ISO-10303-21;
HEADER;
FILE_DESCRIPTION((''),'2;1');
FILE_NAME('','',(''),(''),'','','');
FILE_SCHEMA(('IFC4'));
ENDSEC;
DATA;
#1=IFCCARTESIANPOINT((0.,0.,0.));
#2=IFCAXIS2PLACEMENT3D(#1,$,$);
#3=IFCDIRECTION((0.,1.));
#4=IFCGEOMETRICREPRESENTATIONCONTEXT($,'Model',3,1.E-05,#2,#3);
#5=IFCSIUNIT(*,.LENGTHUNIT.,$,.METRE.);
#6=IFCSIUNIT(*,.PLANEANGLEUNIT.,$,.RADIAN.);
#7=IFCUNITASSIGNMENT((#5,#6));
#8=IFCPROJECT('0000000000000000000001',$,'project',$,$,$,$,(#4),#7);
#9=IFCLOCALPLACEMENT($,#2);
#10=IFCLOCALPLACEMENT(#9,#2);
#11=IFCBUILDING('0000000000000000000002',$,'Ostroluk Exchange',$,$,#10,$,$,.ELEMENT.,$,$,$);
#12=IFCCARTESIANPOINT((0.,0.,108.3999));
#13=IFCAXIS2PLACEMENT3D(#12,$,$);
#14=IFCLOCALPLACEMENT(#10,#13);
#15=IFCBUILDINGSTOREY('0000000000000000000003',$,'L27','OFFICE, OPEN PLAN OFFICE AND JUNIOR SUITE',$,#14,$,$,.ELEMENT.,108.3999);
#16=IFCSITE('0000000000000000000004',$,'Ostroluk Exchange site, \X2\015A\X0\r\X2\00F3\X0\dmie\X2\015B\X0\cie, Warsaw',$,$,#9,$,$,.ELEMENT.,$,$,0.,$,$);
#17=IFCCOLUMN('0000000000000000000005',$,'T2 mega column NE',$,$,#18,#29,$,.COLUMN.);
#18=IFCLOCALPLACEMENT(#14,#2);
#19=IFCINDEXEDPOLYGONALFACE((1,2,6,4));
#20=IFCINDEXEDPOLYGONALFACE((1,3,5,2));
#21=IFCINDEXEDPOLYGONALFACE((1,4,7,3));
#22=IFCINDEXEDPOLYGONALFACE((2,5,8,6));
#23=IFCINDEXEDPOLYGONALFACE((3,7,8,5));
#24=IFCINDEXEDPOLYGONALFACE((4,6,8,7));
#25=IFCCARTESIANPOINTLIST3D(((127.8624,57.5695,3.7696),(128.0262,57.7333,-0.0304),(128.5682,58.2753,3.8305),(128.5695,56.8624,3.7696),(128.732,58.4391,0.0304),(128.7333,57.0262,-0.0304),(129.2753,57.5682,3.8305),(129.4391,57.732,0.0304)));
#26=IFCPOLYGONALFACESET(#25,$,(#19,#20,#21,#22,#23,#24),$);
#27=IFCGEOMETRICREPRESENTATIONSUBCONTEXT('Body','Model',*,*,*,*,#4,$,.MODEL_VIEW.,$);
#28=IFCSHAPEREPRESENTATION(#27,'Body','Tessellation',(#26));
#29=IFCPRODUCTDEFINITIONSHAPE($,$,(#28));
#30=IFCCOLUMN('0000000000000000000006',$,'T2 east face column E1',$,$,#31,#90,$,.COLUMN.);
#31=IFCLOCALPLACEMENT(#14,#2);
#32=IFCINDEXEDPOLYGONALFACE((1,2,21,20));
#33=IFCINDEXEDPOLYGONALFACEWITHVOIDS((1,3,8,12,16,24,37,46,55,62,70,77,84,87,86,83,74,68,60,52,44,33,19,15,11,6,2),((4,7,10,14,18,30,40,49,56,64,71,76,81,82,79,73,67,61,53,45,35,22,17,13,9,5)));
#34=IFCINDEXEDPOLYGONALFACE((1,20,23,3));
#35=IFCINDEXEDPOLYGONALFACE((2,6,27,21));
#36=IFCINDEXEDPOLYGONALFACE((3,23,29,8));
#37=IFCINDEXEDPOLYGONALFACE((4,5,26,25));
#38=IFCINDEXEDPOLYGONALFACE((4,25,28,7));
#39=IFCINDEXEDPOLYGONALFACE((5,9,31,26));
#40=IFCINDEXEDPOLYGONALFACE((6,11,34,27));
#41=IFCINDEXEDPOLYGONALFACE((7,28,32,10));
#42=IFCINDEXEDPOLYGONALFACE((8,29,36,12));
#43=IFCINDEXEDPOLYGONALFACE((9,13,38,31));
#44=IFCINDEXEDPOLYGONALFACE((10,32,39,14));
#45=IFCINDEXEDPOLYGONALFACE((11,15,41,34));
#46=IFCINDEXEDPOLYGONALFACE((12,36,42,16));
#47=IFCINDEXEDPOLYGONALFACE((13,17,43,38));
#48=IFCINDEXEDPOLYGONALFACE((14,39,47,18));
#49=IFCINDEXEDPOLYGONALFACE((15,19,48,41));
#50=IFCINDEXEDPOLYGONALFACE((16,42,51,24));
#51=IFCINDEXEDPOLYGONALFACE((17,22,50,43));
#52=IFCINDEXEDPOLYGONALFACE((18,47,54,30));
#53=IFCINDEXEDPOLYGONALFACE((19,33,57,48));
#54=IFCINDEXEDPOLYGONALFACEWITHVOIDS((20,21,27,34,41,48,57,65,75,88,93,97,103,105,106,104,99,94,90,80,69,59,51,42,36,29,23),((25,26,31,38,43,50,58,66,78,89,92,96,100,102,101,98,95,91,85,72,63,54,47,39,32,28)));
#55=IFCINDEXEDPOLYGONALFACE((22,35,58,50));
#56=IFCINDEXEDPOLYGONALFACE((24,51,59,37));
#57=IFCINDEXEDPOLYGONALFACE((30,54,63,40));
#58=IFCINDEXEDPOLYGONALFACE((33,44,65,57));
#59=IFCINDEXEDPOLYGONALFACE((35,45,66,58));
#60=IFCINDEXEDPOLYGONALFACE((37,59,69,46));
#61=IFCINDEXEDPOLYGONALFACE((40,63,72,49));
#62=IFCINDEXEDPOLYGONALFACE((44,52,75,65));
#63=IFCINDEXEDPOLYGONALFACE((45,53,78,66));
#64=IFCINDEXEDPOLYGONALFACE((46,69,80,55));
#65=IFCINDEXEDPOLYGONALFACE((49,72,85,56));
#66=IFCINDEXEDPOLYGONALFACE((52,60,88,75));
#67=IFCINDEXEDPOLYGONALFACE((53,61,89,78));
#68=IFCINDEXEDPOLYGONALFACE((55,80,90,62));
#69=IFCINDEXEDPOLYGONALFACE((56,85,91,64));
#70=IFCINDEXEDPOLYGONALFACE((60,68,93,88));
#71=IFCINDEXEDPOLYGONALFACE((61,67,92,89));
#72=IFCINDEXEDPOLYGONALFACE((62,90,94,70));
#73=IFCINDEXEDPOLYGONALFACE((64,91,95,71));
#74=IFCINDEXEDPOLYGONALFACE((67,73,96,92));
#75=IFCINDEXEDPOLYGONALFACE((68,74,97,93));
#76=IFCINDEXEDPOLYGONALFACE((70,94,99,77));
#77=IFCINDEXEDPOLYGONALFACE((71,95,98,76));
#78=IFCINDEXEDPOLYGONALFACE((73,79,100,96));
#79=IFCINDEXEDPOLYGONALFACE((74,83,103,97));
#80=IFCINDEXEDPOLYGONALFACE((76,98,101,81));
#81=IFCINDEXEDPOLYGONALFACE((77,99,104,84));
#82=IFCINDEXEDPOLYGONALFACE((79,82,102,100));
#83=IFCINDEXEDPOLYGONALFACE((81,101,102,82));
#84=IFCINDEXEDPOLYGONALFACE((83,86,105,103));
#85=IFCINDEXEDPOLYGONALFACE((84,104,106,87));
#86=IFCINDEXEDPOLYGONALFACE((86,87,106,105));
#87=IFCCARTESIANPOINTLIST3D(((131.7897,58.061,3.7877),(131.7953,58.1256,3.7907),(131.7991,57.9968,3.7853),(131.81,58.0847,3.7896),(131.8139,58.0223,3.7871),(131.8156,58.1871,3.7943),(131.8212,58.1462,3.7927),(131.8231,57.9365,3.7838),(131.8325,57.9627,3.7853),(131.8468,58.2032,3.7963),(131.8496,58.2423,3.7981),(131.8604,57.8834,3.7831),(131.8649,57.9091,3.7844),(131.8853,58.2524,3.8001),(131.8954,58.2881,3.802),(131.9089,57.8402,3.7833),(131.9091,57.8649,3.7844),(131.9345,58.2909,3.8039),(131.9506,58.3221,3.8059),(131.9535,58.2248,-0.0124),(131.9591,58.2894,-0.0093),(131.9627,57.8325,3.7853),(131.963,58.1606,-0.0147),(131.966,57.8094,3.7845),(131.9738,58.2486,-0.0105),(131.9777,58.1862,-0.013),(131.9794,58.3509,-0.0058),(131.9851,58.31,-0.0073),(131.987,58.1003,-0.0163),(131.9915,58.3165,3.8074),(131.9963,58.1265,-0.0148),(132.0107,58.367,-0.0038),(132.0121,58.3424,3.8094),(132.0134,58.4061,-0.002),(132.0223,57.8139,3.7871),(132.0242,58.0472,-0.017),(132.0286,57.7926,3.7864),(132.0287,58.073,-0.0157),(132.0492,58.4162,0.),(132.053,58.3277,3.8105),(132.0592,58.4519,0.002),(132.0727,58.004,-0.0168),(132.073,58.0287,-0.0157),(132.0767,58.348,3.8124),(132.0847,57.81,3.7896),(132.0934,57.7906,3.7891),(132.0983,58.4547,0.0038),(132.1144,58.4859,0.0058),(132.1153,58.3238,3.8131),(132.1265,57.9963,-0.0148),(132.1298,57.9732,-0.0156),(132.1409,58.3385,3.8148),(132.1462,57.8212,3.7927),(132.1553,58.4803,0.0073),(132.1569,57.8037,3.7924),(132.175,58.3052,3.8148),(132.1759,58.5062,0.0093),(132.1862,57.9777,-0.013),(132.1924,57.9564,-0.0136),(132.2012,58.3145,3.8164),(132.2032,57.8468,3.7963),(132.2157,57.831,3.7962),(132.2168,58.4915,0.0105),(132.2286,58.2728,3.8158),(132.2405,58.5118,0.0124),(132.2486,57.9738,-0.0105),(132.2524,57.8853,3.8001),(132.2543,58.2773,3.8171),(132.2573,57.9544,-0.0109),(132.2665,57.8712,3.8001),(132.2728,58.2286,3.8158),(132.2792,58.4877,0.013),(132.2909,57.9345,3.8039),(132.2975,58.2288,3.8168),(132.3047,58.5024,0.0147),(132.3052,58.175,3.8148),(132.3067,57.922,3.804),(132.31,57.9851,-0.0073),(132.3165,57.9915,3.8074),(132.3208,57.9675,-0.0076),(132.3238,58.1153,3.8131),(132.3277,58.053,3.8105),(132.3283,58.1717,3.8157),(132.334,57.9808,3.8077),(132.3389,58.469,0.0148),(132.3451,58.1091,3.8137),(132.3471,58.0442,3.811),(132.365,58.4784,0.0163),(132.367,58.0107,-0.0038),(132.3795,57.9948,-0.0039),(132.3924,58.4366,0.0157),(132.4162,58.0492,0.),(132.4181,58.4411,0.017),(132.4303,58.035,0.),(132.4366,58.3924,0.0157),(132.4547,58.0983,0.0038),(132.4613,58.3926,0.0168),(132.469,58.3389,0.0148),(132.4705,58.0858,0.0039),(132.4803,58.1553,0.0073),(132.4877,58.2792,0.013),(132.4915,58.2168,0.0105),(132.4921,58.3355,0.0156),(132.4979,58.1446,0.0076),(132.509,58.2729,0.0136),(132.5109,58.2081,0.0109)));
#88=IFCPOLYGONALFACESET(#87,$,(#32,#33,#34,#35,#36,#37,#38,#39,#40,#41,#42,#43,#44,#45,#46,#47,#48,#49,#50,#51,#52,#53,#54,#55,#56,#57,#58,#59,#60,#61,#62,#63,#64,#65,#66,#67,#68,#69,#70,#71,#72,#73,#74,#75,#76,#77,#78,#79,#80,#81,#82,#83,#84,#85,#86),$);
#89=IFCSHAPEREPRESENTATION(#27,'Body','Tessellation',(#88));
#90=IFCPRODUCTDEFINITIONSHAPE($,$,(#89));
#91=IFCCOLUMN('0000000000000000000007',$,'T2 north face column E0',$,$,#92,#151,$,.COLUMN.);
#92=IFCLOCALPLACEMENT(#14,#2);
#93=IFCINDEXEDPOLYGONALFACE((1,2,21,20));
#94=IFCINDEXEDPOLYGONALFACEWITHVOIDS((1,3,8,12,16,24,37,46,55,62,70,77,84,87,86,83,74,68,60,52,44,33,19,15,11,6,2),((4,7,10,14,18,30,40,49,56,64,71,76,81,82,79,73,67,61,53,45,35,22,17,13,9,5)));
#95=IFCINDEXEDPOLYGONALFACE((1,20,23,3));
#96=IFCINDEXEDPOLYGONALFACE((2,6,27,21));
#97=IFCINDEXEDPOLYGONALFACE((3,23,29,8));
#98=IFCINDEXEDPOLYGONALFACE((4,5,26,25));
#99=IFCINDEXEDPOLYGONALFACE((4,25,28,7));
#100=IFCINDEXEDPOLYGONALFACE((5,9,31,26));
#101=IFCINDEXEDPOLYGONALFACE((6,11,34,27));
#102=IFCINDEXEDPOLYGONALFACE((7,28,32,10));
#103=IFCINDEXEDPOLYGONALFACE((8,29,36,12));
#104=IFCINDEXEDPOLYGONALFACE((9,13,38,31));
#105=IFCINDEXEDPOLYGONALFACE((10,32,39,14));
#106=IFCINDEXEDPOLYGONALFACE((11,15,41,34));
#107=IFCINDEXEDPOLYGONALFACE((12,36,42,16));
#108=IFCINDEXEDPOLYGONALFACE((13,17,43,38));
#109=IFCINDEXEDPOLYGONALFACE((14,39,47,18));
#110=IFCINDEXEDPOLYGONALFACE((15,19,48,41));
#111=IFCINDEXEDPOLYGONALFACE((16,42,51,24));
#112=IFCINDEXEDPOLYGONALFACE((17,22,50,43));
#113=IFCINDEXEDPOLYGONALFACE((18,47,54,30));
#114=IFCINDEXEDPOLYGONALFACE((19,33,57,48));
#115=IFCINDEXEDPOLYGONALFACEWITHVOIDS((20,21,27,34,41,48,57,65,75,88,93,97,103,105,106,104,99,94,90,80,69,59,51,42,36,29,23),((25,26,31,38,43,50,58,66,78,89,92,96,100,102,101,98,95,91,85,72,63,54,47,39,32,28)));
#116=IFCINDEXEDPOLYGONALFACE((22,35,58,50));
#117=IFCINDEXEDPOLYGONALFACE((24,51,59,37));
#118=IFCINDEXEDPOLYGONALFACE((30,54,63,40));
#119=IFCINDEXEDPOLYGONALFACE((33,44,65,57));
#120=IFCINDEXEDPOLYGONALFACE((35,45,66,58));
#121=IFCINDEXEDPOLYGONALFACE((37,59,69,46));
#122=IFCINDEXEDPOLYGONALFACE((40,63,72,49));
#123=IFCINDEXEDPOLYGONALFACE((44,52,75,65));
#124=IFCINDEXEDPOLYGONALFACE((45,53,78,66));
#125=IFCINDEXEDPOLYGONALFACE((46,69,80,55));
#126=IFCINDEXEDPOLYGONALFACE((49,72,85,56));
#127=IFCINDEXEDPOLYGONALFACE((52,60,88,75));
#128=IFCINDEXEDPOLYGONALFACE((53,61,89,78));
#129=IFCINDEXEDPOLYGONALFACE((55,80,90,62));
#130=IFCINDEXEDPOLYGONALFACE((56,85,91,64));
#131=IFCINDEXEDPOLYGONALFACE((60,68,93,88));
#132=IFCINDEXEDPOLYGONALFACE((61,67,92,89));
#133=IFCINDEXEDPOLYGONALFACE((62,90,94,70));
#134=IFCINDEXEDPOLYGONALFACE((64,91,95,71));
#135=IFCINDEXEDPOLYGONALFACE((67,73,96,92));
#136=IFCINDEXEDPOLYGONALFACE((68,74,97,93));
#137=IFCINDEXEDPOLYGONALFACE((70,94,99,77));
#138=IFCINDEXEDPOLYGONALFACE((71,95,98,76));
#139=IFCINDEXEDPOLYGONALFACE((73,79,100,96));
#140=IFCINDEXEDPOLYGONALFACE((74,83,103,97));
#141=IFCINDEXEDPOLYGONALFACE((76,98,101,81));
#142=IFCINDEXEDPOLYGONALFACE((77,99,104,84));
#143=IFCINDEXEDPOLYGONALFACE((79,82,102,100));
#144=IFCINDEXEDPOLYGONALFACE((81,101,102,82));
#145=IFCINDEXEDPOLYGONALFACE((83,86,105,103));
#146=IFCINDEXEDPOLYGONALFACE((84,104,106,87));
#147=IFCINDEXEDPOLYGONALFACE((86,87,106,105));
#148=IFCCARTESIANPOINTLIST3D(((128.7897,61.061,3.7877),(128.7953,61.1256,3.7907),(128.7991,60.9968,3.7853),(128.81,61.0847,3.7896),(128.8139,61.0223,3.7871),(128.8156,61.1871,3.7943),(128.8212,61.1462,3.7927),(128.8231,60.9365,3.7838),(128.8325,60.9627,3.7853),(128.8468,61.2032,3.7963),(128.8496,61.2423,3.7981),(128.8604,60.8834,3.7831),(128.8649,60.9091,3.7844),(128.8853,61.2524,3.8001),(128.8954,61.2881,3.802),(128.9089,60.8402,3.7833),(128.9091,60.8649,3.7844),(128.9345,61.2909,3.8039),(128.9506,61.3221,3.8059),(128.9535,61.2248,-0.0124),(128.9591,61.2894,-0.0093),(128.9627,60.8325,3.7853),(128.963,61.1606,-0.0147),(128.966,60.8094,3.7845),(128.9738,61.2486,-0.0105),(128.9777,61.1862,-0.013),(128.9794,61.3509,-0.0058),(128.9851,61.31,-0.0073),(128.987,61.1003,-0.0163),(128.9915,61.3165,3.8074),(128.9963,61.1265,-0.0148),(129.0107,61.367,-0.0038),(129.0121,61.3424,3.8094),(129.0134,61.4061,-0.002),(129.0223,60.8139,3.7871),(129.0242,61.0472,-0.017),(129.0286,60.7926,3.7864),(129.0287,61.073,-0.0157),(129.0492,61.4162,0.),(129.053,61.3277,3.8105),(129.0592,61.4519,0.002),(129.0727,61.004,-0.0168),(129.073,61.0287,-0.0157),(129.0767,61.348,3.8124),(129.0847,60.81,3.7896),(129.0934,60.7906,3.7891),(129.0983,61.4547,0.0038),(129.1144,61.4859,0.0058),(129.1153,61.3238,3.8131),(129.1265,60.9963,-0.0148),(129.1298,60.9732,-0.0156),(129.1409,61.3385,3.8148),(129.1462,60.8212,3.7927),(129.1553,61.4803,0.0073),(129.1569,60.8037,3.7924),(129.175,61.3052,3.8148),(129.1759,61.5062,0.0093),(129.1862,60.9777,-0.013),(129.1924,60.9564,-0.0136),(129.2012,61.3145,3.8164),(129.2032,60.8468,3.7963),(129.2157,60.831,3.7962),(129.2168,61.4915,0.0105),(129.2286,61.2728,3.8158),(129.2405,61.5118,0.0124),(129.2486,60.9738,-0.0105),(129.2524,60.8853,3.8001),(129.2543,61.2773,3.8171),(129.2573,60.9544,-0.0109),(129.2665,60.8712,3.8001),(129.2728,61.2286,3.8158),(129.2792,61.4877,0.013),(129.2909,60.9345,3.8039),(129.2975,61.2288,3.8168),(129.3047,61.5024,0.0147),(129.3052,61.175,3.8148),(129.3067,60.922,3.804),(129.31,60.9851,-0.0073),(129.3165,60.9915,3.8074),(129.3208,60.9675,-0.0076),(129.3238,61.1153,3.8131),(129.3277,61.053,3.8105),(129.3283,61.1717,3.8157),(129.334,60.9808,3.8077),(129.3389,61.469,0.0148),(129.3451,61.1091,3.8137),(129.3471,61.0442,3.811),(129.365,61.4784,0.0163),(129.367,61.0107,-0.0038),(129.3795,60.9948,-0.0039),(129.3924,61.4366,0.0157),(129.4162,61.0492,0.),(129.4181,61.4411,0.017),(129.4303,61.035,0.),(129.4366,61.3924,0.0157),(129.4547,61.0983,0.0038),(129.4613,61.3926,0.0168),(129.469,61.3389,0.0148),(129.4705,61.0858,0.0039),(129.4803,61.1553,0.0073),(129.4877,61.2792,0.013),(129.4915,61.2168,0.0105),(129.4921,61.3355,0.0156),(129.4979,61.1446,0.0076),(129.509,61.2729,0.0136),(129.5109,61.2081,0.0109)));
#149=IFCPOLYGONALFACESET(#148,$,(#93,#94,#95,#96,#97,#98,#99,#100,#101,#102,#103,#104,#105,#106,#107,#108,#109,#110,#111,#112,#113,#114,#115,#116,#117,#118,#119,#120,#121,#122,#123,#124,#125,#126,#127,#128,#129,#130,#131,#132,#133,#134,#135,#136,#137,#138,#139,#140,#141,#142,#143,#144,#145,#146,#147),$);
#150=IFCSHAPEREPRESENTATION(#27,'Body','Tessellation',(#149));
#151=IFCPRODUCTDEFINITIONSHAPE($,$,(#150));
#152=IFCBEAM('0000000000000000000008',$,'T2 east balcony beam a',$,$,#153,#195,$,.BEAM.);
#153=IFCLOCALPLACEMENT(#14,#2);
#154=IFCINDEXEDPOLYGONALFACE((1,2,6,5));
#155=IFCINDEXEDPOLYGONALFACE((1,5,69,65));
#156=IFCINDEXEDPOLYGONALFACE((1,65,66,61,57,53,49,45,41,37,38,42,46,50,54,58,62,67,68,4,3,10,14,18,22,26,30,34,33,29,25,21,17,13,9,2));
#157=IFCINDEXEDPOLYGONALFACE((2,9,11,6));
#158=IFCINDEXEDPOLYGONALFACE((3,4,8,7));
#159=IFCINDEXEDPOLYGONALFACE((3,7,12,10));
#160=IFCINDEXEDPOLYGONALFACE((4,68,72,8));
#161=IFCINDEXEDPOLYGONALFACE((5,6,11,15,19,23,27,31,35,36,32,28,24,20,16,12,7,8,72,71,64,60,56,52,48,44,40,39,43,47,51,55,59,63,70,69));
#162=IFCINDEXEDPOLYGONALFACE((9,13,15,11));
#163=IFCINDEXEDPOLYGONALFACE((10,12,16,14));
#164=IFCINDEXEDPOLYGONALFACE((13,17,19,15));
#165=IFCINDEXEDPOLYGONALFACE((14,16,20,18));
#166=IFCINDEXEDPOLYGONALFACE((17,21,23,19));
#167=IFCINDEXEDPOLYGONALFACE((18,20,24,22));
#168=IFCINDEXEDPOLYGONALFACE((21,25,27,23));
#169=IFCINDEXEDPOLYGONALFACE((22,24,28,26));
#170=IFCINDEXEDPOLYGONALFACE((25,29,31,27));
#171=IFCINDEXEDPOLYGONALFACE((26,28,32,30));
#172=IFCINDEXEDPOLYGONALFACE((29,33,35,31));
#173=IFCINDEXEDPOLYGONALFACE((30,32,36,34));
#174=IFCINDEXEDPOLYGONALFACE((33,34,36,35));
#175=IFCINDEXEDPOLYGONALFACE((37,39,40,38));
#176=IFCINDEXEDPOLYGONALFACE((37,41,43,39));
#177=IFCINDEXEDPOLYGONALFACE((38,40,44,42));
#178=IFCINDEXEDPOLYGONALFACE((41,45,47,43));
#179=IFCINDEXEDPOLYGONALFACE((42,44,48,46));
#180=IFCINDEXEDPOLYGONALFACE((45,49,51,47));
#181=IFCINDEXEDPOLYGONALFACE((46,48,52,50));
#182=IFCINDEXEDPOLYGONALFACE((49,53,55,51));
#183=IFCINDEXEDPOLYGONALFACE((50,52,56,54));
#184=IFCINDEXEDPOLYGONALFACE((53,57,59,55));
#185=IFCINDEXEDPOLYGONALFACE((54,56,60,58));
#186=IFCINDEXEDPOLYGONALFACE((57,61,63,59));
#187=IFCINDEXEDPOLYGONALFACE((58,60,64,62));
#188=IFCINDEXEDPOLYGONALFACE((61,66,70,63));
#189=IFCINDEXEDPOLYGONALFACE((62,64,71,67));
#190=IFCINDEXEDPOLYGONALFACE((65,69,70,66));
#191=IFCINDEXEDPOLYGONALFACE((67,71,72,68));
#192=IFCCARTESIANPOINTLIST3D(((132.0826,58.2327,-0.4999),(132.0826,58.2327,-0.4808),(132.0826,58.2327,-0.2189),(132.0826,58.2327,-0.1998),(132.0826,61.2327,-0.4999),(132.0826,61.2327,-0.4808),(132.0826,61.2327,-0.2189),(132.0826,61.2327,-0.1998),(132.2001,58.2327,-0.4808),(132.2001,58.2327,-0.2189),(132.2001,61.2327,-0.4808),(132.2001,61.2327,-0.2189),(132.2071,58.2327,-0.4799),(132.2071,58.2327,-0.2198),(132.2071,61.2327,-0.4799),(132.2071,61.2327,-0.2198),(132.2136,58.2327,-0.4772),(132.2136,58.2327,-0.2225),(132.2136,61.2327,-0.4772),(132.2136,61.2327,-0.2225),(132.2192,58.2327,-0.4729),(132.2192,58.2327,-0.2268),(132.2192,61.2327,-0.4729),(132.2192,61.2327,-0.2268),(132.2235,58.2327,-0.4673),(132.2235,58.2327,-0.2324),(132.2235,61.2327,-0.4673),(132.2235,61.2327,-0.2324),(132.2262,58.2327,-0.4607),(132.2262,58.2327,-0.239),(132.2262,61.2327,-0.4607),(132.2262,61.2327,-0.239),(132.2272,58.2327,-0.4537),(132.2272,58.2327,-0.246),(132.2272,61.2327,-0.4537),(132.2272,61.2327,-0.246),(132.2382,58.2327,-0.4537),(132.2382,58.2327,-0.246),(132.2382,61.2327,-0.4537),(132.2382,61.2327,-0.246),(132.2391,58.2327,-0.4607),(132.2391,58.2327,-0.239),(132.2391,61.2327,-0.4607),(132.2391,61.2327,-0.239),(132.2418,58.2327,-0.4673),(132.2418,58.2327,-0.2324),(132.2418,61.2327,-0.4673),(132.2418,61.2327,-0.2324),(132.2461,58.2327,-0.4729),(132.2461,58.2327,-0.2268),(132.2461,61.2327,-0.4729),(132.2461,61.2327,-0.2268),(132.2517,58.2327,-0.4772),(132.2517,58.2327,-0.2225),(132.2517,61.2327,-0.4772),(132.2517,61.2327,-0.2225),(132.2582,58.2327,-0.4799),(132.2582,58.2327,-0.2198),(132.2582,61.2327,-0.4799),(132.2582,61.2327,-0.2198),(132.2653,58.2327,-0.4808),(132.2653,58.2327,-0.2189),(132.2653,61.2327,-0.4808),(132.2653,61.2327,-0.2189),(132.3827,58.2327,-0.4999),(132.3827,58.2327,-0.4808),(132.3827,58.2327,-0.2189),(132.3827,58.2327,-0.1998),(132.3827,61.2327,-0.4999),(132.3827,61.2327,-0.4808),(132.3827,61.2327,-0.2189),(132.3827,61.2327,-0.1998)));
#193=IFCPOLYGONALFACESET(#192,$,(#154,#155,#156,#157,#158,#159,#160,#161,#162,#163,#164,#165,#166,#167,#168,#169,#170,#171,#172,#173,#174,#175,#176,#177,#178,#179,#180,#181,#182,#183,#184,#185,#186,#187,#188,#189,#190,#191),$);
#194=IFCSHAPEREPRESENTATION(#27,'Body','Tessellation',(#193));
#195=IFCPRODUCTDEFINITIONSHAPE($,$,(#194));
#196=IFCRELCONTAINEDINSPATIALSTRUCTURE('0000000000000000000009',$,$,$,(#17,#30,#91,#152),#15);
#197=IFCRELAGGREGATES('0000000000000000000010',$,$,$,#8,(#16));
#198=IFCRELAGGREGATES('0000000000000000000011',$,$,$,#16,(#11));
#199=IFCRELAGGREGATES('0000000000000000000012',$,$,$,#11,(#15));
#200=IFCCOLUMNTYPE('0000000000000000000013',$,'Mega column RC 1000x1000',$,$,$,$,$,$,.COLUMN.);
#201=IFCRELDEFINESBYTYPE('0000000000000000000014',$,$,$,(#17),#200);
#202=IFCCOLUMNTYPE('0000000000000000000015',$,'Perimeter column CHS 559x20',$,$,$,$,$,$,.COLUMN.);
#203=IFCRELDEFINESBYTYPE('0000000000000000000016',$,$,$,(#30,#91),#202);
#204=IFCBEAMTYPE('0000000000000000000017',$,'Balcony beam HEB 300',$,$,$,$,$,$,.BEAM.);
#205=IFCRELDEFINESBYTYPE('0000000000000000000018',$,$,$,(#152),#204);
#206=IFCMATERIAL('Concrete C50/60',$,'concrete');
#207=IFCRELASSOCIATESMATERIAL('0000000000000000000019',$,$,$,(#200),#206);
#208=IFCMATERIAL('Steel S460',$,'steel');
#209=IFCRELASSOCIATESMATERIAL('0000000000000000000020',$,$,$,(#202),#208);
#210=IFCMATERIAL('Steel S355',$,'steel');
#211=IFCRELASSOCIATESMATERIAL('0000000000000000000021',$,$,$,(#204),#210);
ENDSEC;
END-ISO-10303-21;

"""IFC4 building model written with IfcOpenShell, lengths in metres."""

from ifc_helpers import new_model, si_unit, direction, frame, origin, origin_2d, place, context, subcontext, project, spatial, rectangle, hollow_circle, i_section, extrude, material, material_profile, profile_set, type_object, element, save


model = new_model("IFC4")

# Units and contexts
model_context = context("Model", 3, precision=1e-05, world=origin(), true_north=direction((0.0, 1.0)))
body_context = subcontext(model_context, "Body", "Model", "MODEL_VIEW")
ifc_project = project(units=[si_unit("LENGTHUNIT", "METRE"), si_unit("PLANEANGLEUNIT", "RADIAN")], contexts=[model_context])

# Site, building, storey
site_placement = place(None, origin())
site = spatial("IfcSite", under=ifc_project, at=site_placement, Name="Ostroluk Exchange site, Śródmieście, Warsaw", CompositionType="ELEMENT", RefElevation=0.0)
building_placement = place(site_placement, origin())
building = spatial("IfcBuilding", under=site, at=building_placement, Name="Ostroluk Exchange", CompositionType="ELEMENT")
storey_placement = place(building_placement, frame((0.0, 0.0, 108.3999)))
storey = spatial("IfcBuildingStorey", under=building, at=storey_placement, Name="L27", Description="OFFICE, OPEN PLAN OFFICE AND JUNIOR SUITE", CompositionType="ELEMENT", Elevation=108.3999)

# Columns
ifc_material_1 = material(Name="Concrete C50/60", Category="concrete")
ifc_material_profile_1 = material_profile(ifc_material_1, rectangle(XDim=1.0, YDim=1.0, at=origin_2d()), Name="RC 1000x1000")
ifc_profile_set_1 = profile_set([ifc_material_profile_1], Name="Concrete C50/60")
column_type_1 = type_object("IfcColumnType", Name="Mega column RC 1000x1000", PredefinedType="COLUMN", material=ifc_profile_set_1)
column_placement = place(storey_placement, frame((128.7327, 57.7327, 0.0), z_axis=(-0.04303, -0.04303, 0.998147), x_axis=(0.707107, -0.707107, 0.0)))
element("IfcColumn", 1, at=column_placement, inside=storey, type_object=column_type_1, Name="T2 mega column NE", PredefinedType="COLUMN", context=body_context, shape_type="SweptSolid", body=[
    extrude(rectangle(XDim=1.0, YDim=1.0, at=origin_2d()), origin(), (0.0, 0.0, 1.0), 3.8071),
])
ifc_material_2 = material(Name="Steel S460", Category="steel")
ifc_material_profile_2 = material_profile(ifc_material_2, hollow_circle(Radius=0.2795, WallThickness=0.02, at=origin_2d()), Name="CHS 559x20")
ifc_profile_set_2 = profile_set([ifc_material_profile_2], Name="Steel S460")
column_type_2 = type_object("IfcColumnType", Name="Perimeter column CHS 559x20", PredefinedType="COLUMN", material=ifc_profile_set_2)
for number, where, z_axis, x_axis, name in (
    (2, (132.2327, 58.2327, 0.0), (-0.04303, -0.04303, 0.998147), (0.707107, -0.707107, 0.0), "T2 east face column E1"),
    (3, (129.2327, 61.2327, 0.0), (-0.04303, -0.04303, 0.998147), (0.707107, -0.707107, 0.0), "T2 north face column E0"),
):
    element("IfcColumn", number, at=place(storey_placement, frame(where, z_axis=z_axis, x_axis=x_axis)), inside=storey, type_object=column_type_2, Name=name, PredefinedType="COLUMN", context=body_context, shape_type="SweptSolid", body=[
        extrude(hollow_circle(Radius=0.2795, WallThickness=0.02, at=origin_2d()), origin(), (0.0, 0.0, 1.0), 3.8071),
    ])

# Beam
ifc_material_3 = material(Name="Steel S355", Category="steel")
ifc_material_profile_3 = material_profile(ifc_material_3, i_section(OverallWidth=0.3, OverallDepth=0.3, WebThickness=0.011, FlangeThickness=0.019, FilletRadius=0.0271, at=origin_2d()), Name="HEB 300")
ifc_profile_set_3 = profile_set([ifc_material_profile_3], Name="Steel S355")
beam_type_1 = type_object("IfcBeamType", Name="Balcony beam HEB 300", PredefinedType="BEAM", material=ifc_profile_set_3)
for number, where, z_axis, x_axis, name in (
    (4, (132.2327, 58.2327, -0.3499), (0.0, 1.0, 0.0), (-1.0, 0.0, 0.0), "T2 east balcony beam a"),
):
    element("IfcBeam", number, at=place(storey_placement, frame(where, z_axis=z_axis, x_axis=x_axis)), inside=storey, type_object=beam_type_1, Name=name, PredefinedType="BEAM", context=body_context, shape_type="SweptSolid", body=[
        extrude(i_section(OverallWidth=0.3, OverallDepth=0.3, WebThickness=0.011, FlangeThickness=0.019, FilletRadius=0.0271, at=origin_2d()), origin(), (0.0, 0.0, 1.0), 3.0),
    ])

save(model, "model.ifc")
